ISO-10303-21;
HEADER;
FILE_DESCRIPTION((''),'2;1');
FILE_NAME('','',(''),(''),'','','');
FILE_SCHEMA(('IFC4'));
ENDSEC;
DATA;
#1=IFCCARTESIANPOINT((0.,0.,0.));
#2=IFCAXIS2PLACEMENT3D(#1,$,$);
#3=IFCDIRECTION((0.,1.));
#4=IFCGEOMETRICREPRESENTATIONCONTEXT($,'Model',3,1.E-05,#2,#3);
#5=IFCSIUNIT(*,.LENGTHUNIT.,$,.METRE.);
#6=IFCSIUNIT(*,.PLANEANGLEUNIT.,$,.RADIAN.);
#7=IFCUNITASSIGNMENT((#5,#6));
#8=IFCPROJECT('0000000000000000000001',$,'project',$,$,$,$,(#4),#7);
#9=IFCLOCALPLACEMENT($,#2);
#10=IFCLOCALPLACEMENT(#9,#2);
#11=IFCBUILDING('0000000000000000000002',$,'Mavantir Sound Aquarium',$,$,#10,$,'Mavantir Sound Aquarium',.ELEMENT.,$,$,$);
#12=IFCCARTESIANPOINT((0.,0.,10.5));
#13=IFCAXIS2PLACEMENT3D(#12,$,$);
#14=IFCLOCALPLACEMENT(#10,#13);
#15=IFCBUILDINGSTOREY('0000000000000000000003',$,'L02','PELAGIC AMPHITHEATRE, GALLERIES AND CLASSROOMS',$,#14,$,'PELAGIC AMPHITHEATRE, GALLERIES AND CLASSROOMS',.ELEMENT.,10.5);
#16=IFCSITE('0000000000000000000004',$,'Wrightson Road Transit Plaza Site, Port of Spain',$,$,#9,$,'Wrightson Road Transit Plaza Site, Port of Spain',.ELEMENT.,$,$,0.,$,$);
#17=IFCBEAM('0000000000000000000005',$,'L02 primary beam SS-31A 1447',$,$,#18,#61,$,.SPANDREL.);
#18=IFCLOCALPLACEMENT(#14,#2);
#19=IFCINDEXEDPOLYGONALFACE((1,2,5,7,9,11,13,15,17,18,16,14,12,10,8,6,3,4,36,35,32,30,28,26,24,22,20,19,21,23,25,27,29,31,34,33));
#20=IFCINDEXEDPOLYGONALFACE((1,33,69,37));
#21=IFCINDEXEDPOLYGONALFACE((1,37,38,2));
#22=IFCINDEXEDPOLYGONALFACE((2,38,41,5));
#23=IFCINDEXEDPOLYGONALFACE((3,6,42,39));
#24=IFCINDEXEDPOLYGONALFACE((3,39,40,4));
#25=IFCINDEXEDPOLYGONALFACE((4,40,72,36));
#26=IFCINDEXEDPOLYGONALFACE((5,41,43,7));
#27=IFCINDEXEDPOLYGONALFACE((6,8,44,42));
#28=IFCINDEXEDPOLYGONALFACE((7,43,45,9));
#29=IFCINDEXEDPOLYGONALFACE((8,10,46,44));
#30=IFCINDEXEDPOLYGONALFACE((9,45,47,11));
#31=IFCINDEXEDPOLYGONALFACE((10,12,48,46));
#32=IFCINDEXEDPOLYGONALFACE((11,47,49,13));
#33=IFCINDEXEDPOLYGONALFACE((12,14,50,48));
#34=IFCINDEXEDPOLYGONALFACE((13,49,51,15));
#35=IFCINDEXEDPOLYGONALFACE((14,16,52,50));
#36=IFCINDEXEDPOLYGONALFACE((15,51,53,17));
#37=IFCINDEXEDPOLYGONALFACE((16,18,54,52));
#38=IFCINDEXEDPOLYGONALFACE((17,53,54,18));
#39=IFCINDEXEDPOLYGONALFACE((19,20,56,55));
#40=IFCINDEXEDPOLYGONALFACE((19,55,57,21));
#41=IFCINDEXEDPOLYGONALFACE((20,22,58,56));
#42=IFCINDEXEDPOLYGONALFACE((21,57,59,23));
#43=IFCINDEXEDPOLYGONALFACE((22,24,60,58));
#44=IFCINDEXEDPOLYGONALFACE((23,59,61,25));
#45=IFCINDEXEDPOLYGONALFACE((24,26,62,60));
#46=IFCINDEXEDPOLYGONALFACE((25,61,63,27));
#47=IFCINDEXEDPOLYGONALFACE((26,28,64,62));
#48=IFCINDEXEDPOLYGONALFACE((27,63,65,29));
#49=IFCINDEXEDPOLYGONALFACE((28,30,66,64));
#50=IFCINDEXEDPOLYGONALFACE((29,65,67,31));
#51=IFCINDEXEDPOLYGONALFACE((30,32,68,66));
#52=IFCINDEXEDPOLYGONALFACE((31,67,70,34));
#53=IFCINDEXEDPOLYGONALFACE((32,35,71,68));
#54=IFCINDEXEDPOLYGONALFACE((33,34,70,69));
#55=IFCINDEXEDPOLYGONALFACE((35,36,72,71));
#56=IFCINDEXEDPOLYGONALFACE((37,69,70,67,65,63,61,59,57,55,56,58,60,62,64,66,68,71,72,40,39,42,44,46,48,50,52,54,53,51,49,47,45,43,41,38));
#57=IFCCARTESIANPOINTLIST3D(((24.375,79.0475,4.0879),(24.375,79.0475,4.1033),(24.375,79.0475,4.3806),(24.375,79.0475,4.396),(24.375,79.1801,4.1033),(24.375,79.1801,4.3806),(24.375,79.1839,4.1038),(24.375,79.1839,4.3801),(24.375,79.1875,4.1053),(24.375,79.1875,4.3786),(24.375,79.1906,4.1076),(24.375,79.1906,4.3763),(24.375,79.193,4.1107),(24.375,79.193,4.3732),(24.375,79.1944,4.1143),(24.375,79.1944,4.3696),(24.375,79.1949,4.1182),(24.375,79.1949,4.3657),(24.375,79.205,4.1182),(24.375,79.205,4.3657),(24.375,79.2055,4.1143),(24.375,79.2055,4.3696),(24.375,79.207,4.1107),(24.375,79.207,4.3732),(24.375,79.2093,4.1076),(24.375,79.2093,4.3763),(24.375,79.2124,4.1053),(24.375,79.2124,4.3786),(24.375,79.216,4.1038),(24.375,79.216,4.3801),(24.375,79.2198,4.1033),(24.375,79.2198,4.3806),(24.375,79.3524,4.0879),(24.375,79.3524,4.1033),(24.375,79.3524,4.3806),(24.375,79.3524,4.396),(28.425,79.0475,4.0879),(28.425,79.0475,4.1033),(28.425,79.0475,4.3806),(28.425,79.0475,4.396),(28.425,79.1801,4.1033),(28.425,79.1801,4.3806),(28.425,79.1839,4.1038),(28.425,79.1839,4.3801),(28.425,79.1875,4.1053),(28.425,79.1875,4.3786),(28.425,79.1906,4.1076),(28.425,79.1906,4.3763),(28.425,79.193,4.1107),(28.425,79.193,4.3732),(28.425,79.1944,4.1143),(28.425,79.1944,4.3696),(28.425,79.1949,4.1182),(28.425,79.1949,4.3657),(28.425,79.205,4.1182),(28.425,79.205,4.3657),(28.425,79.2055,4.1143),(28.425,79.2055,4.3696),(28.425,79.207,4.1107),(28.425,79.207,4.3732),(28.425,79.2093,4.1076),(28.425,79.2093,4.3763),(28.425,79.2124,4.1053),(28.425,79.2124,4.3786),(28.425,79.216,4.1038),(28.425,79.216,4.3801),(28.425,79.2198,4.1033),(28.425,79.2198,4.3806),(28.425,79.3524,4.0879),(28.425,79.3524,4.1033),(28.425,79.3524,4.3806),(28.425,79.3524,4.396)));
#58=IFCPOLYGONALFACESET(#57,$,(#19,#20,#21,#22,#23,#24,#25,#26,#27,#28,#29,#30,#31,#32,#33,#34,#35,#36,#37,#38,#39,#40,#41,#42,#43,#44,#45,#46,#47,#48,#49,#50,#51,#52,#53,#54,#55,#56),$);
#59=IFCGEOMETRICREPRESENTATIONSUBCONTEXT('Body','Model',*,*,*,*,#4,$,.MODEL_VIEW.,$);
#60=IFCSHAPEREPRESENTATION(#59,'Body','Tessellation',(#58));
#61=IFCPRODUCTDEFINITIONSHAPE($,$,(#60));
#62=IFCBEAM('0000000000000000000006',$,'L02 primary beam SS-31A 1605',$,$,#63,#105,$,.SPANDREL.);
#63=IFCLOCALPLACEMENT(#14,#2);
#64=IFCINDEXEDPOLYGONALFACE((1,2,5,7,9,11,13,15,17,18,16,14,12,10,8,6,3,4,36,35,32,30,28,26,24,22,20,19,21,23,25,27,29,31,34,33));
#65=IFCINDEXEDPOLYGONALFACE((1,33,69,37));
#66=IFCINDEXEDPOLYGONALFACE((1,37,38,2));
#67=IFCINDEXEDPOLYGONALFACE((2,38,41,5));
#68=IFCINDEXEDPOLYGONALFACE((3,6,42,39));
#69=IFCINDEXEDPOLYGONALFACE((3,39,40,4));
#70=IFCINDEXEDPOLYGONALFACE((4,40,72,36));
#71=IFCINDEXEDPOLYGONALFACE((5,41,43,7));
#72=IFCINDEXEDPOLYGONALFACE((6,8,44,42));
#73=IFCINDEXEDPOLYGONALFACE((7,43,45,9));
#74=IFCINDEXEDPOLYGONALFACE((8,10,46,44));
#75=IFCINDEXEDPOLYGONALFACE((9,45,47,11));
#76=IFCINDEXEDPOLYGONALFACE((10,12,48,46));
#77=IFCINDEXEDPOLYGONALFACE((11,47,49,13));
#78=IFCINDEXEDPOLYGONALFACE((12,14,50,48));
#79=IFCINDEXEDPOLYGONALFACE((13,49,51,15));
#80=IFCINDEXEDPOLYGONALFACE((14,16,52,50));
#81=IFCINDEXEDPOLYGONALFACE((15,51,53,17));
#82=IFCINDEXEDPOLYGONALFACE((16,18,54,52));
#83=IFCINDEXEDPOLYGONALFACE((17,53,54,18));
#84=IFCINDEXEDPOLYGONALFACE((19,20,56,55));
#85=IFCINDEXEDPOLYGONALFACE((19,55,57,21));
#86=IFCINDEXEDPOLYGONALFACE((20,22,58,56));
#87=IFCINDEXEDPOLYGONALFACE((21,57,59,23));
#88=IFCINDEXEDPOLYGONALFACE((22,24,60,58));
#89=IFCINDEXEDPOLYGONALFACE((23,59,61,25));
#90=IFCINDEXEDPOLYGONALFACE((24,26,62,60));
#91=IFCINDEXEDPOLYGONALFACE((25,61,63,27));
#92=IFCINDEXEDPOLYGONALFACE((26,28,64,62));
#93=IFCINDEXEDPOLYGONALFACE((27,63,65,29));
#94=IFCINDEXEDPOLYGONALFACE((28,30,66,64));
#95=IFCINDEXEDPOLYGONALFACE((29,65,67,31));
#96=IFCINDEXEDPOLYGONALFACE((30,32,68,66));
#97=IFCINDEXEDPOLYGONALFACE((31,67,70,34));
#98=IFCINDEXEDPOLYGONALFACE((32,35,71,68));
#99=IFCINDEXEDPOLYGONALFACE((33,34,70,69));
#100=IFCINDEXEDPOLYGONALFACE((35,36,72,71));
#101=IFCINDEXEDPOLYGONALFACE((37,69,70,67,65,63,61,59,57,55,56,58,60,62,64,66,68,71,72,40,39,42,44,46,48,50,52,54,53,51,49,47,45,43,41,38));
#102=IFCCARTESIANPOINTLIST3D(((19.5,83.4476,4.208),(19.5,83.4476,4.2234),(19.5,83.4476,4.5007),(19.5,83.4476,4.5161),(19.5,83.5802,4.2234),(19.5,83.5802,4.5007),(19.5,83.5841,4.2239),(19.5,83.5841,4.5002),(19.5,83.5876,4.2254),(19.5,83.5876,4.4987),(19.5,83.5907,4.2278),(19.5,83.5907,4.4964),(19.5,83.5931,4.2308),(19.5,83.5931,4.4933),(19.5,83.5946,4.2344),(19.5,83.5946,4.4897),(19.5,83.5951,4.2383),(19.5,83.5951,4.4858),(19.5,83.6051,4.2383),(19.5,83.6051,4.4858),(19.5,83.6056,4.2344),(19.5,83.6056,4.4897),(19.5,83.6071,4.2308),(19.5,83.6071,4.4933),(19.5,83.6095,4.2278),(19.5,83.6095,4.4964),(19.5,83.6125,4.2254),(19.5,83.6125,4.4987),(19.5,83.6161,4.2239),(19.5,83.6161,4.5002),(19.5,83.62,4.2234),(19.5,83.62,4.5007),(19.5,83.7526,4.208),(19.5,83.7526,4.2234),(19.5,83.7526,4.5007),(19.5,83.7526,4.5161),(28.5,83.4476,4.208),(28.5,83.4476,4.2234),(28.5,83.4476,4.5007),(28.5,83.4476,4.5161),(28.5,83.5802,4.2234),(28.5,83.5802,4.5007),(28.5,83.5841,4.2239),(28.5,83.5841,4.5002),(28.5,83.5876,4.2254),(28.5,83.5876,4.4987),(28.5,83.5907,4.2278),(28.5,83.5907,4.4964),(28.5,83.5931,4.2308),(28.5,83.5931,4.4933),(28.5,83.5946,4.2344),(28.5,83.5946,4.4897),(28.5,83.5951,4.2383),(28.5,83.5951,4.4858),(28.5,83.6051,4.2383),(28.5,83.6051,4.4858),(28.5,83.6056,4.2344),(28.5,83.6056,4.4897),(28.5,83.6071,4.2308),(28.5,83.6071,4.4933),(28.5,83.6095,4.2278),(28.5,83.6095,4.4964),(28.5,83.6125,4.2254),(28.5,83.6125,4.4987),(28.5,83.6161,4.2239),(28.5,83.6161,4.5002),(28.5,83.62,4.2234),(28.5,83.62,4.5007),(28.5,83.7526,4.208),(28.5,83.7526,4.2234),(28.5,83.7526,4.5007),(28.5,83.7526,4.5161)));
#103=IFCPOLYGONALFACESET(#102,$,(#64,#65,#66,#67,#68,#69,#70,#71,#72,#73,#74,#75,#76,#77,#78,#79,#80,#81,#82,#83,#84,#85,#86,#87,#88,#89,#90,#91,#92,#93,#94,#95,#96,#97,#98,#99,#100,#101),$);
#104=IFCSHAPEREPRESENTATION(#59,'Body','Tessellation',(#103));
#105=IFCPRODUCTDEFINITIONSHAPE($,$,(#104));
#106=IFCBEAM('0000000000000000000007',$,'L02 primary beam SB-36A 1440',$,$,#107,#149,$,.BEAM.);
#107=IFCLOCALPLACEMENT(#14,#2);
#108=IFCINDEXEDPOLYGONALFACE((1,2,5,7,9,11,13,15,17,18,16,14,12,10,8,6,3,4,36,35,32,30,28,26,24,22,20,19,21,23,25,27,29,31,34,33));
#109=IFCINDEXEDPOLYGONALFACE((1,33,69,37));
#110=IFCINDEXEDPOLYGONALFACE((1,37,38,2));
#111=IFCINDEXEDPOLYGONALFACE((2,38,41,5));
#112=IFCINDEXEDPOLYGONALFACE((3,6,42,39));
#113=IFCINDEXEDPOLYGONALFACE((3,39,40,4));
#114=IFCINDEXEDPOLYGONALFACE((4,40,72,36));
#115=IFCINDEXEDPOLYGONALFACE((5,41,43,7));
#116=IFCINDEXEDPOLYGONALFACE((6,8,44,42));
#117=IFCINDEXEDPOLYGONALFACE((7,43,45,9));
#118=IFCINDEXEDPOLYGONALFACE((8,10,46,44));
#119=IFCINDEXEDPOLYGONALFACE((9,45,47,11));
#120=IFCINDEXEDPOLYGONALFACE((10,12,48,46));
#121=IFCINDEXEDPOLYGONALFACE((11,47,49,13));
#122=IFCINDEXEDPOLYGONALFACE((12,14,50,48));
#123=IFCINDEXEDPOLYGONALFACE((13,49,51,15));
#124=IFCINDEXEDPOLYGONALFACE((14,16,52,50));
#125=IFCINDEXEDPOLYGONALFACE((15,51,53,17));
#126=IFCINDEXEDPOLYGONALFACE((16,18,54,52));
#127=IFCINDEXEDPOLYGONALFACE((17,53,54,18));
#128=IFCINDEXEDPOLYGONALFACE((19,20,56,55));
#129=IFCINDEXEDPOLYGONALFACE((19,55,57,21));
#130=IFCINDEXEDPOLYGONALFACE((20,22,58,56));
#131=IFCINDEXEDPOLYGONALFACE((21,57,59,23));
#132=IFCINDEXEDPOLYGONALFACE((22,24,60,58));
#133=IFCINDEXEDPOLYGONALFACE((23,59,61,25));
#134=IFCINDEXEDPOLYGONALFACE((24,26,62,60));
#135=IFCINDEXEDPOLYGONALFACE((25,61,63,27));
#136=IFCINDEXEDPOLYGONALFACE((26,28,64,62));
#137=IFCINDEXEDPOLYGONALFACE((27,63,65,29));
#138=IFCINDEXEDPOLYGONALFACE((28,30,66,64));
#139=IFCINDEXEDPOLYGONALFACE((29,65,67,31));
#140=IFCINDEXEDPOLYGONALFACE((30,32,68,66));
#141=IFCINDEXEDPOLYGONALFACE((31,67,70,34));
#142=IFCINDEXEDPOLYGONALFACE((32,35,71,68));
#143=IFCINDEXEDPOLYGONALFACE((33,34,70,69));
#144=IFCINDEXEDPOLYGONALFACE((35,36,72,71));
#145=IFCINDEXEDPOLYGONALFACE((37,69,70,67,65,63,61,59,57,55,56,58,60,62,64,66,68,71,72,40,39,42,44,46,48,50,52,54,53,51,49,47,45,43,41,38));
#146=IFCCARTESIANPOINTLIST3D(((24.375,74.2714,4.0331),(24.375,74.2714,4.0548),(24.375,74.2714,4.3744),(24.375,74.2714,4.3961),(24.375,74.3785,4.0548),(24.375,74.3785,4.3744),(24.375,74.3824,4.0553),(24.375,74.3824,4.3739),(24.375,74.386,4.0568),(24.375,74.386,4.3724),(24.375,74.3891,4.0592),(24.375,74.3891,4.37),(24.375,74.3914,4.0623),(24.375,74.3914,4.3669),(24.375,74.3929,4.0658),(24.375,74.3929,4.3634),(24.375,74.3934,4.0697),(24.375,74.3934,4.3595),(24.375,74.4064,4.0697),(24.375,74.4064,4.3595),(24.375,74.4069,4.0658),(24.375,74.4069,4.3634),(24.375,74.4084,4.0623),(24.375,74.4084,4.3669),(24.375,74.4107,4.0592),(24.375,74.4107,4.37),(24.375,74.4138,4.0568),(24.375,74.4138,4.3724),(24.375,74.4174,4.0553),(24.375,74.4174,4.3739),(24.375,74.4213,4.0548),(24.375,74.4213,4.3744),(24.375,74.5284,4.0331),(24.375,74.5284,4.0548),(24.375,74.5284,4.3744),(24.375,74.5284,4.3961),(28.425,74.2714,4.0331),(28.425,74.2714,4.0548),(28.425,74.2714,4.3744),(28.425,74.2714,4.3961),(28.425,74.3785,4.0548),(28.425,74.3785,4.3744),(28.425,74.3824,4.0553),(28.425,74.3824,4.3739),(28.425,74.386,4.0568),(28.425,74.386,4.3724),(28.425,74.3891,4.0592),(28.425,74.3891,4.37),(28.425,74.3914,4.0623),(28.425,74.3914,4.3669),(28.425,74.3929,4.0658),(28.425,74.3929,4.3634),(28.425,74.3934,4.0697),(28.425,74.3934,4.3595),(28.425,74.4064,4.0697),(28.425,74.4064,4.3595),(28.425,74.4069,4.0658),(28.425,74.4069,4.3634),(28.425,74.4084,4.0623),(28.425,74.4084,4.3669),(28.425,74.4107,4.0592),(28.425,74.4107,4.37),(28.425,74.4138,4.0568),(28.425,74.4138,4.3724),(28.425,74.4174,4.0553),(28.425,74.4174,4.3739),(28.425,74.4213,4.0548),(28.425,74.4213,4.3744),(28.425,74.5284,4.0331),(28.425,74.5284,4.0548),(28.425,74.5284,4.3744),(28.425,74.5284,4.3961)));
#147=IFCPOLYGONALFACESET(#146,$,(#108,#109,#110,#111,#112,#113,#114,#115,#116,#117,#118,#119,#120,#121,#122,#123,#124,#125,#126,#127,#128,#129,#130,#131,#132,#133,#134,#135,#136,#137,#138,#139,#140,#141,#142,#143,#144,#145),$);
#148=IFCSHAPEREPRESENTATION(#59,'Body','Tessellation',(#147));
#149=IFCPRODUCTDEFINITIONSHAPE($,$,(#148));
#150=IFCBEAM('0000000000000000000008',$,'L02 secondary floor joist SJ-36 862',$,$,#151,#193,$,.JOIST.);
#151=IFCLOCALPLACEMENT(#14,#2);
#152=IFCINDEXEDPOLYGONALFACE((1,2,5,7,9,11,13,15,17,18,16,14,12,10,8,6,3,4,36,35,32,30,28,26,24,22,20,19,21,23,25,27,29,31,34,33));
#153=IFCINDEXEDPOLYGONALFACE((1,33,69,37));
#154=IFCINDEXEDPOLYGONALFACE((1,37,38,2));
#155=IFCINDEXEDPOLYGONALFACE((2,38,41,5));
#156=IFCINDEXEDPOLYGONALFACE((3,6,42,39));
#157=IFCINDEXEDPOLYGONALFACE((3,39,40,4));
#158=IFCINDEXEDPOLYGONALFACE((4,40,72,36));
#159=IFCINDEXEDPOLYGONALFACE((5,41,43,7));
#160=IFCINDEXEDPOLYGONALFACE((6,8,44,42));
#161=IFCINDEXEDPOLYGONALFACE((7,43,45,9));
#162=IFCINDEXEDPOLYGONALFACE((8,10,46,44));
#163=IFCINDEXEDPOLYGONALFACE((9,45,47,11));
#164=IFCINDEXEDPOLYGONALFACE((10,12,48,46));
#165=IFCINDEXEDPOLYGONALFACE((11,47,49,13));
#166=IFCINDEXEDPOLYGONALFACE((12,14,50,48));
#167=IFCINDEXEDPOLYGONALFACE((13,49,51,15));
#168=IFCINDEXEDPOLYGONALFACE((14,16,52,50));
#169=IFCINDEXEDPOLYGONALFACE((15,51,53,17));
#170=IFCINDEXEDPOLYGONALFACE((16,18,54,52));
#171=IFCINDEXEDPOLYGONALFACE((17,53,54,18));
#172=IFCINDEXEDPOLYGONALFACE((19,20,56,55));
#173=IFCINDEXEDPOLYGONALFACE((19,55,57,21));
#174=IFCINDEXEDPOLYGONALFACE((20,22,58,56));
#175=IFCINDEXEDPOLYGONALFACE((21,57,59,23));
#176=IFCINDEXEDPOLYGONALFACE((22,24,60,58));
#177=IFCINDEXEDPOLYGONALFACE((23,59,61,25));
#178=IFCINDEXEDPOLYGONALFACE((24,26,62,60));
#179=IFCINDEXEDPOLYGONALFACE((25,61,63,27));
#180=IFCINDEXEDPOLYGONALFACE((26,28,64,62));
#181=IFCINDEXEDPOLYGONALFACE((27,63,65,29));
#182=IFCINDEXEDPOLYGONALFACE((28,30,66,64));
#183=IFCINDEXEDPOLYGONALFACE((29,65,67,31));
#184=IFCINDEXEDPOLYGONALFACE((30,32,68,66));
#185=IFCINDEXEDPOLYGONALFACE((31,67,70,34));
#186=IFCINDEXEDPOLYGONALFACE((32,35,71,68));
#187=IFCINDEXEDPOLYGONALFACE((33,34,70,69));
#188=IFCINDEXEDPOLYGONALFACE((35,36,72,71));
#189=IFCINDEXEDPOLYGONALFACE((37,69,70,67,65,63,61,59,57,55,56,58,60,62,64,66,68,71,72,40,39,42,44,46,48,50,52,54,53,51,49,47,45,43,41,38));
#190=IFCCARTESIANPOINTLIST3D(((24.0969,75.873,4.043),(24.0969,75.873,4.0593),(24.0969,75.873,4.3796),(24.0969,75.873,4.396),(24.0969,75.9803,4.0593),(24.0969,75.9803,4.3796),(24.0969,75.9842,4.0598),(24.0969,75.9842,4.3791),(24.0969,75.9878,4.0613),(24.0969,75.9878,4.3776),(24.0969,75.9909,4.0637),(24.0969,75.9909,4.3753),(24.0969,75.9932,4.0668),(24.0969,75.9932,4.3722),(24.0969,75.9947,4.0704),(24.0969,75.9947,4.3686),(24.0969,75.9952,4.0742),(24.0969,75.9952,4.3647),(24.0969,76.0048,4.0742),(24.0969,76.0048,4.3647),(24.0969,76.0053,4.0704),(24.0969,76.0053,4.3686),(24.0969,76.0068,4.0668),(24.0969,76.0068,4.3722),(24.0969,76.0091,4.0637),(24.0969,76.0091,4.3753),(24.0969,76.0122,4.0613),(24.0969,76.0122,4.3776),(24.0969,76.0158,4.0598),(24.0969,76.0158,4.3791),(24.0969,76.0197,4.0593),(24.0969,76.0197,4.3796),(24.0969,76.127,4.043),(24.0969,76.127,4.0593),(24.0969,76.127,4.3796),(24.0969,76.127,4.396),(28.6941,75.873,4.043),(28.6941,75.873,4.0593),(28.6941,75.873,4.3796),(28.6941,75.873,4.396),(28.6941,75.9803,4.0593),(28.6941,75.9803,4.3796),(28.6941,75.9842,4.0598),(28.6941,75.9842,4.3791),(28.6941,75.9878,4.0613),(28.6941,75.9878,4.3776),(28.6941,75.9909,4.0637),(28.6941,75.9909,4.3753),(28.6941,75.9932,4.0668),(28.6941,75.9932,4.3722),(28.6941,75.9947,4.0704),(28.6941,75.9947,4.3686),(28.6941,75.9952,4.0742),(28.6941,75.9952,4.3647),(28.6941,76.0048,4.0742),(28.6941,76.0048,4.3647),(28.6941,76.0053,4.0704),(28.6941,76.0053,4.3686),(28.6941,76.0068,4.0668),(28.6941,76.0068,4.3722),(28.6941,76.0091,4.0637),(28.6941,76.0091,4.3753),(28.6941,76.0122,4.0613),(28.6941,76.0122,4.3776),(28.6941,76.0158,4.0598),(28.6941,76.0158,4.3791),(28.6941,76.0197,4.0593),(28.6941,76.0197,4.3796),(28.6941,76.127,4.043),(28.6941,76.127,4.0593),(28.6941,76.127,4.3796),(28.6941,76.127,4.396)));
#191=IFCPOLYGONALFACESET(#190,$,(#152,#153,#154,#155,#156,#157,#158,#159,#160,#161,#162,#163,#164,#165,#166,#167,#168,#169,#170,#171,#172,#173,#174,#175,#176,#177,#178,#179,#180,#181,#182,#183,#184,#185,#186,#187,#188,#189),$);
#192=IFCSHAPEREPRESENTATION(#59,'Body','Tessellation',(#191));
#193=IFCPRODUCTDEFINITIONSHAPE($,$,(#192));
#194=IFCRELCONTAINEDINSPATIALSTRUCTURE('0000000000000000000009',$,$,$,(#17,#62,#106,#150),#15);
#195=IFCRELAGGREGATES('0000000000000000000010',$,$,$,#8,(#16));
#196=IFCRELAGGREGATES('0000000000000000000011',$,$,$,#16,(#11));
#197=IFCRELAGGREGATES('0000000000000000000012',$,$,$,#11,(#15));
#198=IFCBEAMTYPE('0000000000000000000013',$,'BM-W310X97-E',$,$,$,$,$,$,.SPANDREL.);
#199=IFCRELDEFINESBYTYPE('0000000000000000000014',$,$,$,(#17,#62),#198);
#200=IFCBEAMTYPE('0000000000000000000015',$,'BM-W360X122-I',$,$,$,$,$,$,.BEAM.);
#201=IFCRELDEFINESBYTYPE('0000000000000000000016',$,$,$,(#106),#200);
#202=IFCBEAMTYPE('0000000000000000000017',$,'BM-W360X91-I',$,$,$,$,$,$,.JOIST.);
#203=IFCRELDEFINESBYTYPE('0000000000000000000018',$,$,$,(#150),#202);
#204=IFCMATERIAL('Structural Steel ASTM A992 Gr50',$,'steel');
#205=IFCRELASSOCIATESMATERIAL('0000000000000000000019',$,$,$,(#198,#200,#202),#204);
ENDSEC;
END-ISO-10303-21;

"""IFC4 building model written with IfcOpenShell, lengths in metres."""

from ifc_helpers import new_model, si_unit, direction, frame, origin, origin_2d, place, context, subcontext, project, spatial, i_section, extrude, material, material_profile, profile_set, type_object, element, save


model = new_model("IFC4")

# Units and contexts
model_context = context("Model", 3, precision=1e-05, world=origin(), true_north=direction((0.0, 1.0)))
body_context = subcontext(model_context, "Body", "Model", "MODEL_VIEW")
ifc_project = project(units=[si_unit("LENGTHUNIT", "METRE"), si_unit("PLANEANGLEUNIT", "RADIAN")], contexts=[model_context])

# Site, building, storey
site_placement = place(None, origin())
site = spatial("IfcSite", under=ifc_project, at=site_placement, Name="Wrightson Road Transit Plaza Site, Port of Spain", LongName="Wrightson Road Transit Plaza Site, Port of Spain", CompositionType="ELEMENT", RefElevation=0.0)
building_placement = place(site_placement, origin())
building = spatial("IfcBuilding", under=site, at=building_placement, Name="Mavantir Sound Aquarium", LongName="Mavantir Sound Aquarium", CompositionType="ELEMENT")
storey_placement = place(building_placement, frame((0.0, 0.0, 10.5)))
storey = spatial("IfcBuildingStorey", under=building, at=storey_placement, Name="L02", Description="PELAGIC AMPHITHEATRE, GALLERIES AND CLASSROOMS", LongName="PELAGIC AMPHITHEATRE, GALLERIES AND CLASSROOMS", CompositionType="ELEMENT", Elevation=10.5)

# Beams
ifc_material_1 = material(Name="Structural Steel ASTM A992 Gr50", Category="steel")
ifc_material_profile_1 = material_profile(ifc_material_1, i_section(OverallWidth=0.3049, OverallDepth=0.3081, WebThickness=0.01, FlangeThickness=0.0154, FilletRadius=0.0149, at=origin_2d()), Name="W310X97")
ifc_profile_set_1 = profile_set([ifc_material_profile_1], Name="Structural Steel ASTM A992 Gr50")
beam_type_1 = type_object("IfcBeamType", Name="BM-W310X97-E", PredefinedType="SPANDREL", material=ifc_profile_set_1)
beam_1_placement = place(storey_placement, frame((24.375, 79.2, 4.2419), z_axis=(1.0, 0.0, 0.0), x_axis=(0.0, 1.0, 0.0)))
element("IfcBeam", 1, at=beam_1_placement, inside=storey, type_object=beam_type_1, Name="L02 primary beam SS-31A 1447", PredefinedType="SPANDREL", context=body_context, shape_type="SweptSolid", body=[
    extrude(i_section(OverallWidth=0.3049, OverallDepth=0.3081, WebThickness=0.01, FlangeThickness=0.0154, FilletRadius=0.0149, at=origin_2d()), origin(), (0.0, 0.0, 1.0), 4.05),
])
beam_2_placement = place(storey_placement, frame((19.5, 83.6001, 4.3621), z_axis=(1.0, 0.0, 0.0), x_axis=(0.0, 1.0, 0.0)))
element("IfcBeam", 2, at=beam_2_placement, inside=storey, type_object=beam_type_1, Name="L02 primary beam SS-31A 1605", PredefinedType="SPANDREL", context=body_context, shape_type="SweptSolid", body=[
    extrude(i_section(OverallWidth=0.3049, OverallDepth=0.3081, WebThickness=0.01, FlangeThickness=0.0154, FilletRadius=0.0149, at=origin_2d()), origin(), (0.0, 0.0, 1.0), 9.0),
])
ifc_material_profile_2 = material_profile(ifc_material_1, i_section(OverallWidth=0.2571, OverallDepth=0.363, WebThickness=0.0129, FlangeThickness=0.0217, FilletRadius=0.0149, at=origin_2d()), Name="W360X122")
ifc_profile_set_2 = profile_set([ifc_material_profile_2], Name="Structural Steel ASTM A992 Gr50")
beam_type_2 = type_object("IfcBeamType", Name="BM-W360X122-I", PredefinedType="BEAM", material=ifc_profile_set_2)
beam_3_placement = place(storey_placement, frame((24.375, 74.3999, 4.2146), z_axis=(1.0, 0.0, 0.0), x_axis=(0.0, 1.0, 0.0)))
element("IfcBeam", 3, at=beam_3_placement, inside=storey, type_object=beam_type_2, Name="L02 primary beam SB-36A 1440", PredefinedType="BEAM", context=body_context, shape_type="SweptSolid", body=[
    extrude(i_section(OverallWidth=0.2571, OverallDepth=0.363, WebThickness=0.0129, FlangeThickness=0.0217, FilletRadius=0.0149, at=origin_2d()), origin(), (0.0, 0.0, 1.0), 4.05),
])
ifc_material_profile_3 = material_profile(ifc_material_1, i_section(OverallWidth=0.2539, OverallDepth=0.353, WebThickness=0.0095, FlangeThickness=0.0164, FilletRadius=0.0149, at=origin_2d()), Name="W360X91")
ifc_profile_set_3 = profile_set([ifc_material_profile_3], Name="Structural Steel ASTM A992 Gr50")
beam_type_3 = type_object("IfcBeamType", Name="BM-W360X91-I", PredefinedType="JOIST", material=ifc_profile_set_3)
beam_4_placement = place(storey_placement, frame((24.0969, 76.0, 4.2195), z_axis=(1.0, 0.0, 0.0), x_axis=(0.0, 1.0, 0.0)))
element("IfcBeam", 4, at=beam_4_placement, inside=storey, type_object=beam_type_3, Name="L02 secondary floor joist SJ-36 862", PredefinedType="JOIST", context=body_context, shape_type="SweptSolid", body=[
    extrude(i_section(OverallWidth=0.2539, OverallDepth=0.353, WebThickness=0.0095, FlangeThickness=0.0164, FilletRadius=0.0149, at=origin_2d()), origin(), (0.0, 0.0, 1.0), 4.5972),
])

save(model, "model.ifc")
